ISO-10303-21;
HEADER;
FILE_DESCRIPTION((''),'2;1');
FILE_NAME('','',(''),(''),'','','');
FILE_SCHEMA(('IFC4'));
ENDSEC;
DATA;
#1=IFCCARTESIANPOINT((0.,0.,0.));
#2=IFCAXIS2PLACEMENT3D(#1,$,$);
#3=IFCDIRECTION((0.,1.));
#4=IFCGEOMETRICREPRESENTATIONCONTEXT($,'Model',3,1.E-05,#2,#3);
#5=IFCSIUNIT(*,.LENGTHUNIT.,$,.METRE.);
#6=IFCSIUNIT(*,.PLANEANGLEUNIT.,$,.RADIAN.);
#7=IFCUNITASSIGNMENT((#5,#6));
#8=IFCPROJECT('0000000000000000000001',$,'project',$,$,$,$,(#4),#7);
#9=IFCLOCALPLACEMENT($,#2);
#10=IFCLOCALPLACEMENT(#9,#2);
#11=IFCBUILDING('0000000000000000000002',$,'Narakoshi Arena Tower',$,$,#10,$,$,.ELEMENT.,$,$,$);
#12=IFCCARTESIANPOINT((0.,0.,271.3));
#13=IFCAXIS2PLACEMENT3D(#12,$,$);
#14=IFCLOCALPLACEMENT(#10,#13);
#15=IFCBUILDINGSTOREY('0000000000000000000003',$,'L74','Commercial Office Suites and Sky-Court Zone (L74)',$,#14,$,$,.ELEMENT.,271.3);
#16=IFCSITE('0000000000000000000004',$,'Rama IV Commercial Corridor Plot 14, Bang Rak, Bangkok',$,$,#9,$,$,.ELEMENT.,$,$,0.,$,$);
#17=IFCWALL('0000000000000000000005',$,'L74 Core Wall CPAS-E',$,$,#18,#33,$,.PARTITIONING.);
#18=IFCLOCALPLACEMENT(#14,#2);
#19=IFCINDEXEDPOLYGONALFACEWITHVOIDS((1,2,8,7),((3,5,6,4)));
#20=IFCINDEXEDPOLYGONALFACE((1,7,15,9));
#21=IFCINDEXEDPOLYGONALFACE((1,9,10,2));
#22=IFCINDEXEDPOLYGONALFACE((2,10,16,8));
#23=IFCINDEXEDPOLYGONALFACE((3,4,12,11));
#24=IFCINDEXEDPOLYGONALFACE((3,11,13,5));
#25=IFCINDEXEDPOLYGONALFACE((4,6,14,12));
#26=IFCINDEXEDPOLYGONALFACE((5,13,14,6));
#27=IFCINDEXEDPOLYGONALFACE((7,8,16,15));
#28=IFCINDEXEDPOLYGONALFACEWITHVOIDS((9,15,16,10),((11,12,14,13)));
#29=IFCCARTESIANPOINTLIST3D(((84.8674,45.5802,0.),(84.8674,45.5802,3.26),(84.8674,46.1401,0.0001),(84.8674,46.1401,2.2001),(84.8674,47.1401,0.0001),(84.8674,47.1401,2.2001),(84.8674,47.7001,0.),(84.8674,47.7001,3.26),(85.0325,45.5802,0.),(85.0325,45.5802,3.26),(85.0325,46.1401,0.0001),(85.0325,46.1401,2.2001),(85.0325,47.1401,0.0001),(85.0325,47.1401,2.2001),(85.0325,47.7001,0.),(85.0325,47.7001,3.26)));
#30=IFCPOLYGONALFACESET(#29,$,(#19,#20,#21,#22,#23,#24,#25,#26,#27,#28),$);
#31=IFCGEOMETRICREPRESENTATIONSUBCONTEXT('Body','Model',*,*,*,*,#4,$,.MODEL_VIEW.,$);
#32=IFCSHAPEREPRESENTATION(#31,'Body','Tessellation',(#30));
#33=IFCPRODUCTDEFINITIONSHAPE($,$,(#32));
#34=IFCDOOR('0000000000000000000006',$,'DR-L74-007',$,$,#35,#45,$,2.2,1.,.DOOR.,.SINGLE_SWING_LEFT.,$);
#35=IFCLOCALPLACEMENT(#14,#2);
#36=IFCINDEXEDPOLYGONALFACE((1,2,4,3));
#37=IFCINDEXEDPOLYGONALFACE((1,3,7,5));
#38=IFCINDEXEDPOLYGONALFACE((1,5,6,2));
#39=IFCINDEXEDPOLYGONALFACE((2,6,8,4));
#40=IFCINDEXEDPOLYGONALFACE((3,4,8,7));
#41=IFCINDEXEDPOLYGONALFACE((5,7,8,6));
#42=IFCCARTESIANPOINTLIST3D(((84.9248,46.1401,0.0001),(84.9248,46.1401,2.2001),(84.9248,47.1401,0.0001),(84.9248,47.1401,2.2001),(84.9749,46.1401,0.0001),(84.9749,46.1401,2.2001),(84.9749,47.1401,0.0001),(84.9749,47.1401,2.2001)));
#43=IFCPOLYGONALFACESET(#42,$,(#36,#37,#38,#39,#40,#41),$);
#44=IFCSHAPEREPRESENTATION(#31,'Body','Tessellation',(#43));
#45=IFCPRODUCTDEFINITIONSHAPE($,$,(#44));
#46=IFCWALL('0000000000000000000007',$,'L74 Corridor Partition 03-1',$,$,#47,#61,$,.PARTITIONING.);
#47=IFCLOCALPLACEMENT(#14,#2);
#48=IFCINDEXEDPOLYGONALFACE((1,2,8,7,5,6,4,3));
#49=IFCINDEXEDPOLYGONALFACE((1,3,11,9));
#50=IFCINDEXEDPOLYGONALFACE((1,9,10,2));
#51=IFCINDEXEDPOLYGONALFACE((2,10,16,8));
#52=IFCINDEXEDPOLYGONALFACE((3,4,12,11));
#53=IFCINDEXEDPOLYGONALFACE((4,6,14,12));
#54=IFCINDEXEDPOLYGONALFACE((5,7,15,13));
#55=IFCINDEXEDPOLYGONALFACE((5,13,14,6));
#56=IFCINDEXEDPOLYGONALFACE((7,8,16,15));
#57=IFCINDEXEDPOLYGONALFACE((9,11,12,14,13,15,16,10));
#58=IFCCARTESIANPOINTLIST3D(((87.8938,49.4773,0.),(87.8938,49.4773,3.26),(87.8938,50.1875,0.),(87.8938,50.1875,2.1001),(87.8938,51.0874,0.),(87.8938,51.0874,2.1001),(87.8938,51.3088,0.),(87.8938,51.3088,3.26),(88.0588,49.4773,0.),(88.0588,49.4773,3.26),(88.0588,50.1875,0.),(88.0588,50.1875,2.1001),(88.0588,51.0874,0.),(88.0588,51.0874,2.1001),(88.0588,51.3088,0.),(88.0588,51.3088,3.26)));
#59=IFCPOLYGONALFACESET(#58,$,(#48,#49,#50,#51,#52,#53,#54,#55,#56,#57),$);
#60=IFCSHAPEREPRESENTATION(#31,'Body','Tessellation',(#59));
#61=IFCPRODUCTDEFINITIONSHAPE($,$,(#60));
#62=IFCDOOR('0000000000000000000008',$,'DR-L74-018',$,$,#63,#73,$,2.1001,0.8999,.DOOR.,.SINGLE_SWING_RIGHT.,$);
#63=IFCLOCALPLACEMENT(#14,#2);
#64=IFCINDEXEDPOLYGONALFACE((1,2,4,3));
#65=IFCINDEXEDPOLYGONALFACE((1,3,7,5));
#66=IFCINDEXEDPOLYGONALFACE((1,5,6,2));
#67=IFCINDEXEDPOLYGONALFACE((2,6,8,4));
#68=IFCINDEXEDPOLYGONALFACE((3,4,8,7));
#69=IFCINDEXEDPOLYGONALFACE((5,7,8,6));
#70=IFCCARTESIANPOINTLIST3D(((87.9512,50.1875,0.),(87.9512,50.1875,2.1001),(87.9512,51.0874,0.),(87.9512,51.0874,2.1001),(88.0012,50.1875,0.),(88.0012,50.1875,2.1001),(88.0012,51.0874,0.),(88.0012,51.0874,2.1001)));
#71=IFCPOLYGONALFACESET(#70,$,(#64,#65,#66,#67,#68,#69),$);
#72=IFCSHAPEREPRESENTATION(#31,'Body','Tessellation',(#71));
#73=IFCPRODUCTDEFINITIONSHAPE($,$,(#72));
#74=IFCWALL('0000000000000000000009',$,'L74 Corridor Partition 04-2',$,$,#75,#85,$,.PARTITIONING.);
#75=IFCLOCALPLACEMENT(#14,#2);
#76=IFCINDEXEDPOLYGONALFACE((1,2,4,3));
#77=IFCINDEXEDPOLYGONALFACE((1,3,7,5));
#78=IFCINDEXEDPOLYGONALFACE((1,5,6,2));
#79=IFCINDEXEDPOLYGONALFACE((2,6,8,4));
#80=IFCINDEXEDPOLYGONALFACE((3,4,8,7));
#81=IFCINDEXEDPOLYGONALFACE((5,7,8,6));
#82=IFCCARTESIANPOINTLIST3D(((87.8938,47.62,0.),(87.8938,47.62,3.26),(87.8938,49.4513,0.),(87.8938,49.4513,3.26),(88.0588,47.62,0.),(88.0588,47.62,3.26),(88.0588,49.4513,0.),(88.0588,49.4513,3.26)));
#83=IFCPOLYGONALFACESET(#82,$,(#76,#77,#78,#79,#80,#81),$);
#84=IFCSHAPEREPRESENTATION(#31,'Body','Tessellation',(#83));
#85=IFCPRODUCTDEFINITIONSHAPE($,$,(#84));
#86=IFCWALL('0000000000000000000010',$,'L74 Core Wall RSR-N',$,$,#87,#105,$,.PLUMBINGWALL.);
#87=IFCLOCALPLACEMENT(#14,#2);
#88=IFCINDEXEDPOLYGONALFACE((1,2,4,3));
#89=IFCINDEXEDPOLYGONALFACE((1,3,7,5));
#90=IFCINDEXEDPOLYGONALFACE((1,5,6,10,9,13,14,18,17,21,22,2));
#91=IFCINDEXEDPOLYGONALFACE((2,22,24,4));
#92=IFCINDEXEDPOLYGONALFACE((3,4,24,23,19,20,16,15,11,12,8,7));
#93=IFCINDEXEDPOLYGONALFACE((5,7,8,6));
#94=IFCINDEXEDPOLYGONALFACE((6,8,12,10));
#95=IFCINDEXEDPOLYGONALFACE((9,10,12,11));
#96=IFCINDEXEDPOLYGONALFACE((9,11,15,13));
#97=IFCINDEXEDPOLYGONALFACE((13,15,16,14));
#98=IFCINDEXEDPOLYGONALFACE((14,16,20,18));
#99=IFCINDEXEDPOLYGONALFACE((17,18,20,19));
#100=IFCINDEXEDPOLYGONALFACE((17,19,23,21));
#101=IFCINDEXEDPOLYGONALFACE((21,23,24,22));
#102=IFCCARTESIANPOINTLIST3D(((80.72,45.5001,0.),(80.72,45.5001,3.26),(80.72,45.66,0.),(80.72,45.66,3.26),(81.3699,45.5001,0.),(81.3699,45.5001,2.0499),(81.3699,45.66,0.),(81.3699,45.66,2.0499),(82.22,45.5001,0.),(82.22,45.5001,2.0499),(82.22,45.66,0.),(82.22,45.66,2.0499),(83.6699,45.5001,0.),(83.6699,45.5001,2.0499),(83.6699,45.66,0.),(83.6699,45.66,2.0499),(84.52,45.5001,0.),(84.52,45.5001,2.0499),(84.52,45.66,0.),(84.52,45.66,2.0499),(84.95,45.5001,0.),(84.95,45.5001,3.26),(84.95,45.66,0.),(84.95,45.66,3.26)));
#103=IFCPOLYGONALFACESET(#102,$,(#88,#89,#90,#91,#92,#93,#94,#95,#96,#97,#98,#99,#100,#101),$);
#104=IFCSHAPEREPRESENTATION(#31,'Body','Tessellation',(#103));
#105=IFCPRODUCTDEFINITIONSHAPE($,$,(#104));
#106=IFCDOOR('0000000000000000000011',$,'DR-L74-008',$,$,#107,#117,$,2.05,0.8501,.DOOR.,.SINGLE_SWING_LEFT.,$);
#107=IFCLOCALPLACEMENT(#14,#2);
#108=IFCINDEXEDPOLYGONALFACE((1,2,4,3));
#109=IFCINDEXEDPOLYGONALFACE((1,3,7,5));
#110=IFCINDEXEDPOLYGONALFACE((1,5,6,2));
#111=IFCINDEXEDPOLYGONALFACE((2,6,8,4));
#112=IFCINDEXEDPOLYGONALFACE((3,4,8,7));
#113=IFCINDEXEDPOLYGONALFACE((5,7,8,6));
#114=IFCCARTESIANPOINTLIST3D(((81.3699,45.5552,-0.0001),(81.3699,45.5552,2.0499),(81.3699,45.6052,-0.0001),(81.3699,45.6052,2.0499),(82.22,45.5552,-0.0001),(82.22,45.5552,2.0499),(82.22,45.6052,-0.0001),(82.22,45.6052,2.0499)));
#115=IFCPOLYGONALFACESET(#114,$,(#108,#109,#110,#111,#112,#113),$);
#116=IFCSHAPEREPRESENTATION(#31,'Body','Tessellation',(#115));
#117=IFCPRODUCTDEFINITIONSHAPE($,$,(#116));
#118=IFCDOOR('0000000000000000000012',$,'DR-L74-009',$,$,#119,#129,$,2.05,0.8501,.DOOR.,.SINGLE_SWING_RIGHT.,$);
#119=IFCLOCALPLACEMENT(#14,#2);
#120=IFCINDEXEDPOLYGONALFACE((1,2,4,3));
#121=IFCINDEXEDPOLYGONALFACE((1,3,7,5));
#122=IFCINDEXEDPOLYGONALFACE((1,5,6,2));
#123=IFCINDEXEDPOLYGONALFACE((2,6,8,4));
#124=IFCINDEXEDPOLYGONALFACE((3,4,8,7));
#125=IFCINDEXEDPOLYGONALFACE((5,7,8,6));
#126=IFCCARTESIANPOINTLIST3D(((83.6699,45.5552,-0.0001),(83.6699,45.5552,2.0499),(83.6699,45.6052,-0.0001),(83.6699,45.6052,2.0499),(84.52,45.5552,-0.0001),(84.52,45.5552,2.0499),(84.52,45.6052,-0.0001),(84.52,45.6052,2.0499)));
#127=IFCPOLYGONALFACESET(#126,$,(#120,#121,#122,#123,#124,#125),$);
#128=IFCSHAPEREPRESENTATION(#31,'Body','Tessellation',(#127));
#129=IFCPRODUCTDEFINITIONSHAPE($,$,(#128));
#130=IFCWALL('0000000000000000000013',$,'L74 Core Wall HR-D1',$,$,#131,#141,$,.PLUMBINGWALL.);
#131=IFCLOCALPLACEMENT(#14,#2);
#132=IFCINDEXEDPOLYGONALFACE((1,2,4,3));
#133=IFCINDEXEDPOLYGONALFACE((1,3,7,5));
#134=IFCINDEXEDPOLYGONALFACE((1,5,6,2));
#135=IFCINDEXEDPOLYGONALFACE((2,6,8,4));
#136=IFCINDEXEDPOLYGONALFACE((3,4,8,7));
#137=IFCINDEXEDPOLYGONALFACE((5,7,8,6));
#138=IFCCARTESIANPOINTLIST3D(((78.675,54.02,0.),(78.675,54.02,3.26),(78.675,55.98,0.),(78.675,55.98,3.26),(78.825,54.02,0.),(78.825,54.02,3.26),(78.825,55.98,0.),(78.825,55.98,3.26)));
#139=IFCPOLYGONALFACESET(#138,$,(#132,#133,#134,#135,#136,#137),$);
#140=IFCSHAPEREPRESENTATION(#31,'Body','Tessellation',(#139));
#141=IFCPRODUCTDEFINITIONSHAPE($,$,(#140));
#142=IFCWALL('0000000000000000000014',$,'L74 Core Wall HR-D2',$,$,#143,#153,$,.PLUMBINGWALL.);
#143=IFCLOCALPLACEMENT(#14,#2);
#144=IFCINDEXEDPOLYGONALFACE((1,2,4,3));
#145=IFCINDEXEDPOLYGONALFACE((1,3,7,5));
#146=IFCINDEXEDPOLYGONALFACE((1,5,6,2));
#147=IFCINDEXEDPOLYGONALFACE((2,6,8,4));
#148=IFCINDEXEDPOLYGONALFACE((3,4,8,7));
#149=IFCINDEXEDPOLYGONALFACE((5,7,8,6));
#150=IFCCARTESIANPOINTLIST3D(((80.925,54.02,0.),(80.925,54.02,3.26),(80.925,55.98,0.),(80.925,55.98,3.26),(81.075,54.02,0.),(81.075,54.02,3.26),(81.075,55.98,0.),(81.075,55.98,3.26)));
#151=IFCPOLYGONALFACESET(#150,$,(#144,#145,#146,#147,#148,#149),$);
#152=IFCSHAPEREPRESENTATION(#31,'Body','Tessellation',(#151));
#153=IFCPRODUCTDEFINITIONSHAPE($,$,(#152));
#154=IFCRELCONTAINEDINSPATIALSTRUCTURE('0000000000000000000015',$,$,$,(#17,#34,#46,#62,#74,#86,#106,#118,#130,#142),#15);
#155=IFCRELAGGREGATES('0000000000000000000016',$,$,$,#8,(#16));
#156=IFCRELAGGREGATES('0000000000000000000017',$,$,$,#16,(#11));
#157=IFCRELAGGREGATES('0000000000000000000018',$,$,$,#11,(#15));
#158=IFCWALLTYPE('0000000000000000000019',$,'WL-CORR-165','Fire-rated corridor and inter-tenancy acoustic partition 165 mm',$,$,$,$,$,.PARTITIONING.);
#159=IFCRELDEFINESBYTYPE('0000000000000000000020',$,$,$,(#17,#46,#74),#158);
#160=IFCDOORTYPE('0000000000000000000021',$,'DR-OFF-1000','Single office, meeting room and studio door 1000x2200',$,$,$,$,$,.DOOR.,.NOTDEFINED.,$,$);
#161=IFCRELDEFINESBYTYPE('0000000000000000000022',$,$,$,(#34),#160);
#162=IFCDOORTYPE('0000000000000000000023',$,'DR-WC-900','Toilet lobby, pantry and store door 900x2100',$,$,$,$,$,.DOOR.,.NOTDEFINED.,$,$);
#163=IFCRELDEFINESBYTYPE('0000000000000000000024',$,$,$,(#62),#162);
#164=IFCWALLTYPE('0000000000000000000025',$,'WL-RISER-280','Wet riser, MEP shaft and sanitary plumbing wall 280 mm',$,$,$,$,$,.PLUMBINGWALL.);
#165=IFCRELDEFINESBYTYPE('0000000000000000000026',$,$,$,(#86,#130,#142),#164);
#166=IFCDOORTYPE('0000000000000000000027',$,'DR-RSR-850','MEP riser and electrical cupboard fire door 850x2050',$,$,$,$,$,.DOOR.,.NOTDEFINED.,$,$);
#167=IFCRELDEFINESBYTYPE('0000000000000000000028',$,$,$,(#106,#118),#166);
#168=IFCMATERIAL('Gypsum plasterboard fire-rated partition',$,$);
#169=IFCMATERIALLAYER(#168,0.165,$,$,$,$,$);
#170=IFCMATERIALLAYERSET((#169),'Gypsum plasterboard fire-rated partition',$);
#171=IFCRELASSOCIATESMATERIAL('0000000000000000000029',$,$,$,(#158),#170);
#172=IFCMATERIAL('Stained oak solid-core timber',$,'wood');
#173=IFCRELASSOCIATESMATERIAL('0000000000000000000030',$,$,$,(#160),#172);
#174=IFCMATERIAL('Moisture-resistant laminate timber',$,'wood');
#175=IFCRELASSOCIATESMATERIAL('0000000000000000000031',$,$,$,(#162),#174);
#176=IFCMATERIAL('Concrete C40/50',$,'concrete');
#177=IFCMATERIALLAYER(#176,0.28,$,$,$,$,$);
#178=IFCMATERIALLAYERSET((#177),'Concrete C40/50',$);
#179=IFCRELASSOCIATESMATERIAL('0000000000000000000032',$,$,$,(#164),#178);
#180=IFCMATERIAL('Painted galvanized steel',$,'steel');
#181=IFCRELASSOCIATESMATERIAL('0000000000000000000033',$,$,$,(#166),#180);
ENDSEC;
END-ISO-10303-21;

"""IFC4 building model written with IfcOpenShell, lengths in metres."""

from ifc_helpers import new_model, si_unit, direction, frame, frame_2d, origin, place, context, subcontext, project, spatial, rectangle, extrude, material, layer, layer_set, type_object, element, fill, save


model = new_model("IFC4")

# Units and contexts
model_context = context("Model", 3, precision=1e-05, world=origin(), true_north=direction((0.0, 1.0)))
body_context = subcontext(model_context, "Body", "Model", "MODEL_VIEW")
ifc_project = project(units=[si_unit("LENGTHUNIT", "METRE"), si_unit("PLANEANGLEUNIT", "RADIAN")], contexts=[model_context])

# Site, building, storey
site_placement = place(None, origin())
site = spatial("IfcSite", under=ifc_project, at=site_placement, Name="Rama IV Commercial Corridor Plot 14, Bang Rak, Bangkok", CompositionType="ELEMENT", RefElevation=0.0)
building_placement = place(site_placement, origin())
building = spatial("IfcBuilding", under=site, at=building_placement, Name="Narakoshi Arena Tower", CompositionType="ELEMENT")
storey_placement = place(building_placement, frame((0.0, 0.0, 271.3)))
storey = spatial("IfcBuildingStorey", under=building, at=storey_placement, Name="L74", Description="Commercial Office Suites and Sky-Court Zone (L74)", CompositionType="ELEMENT", Elevation=271.3)

# Walls, openings, doors
ifc_material_1 = material(Name="Gypsum plasterboard fire-rated partition")
ifc_layer_1 = layer(ifc_material_1, 0.165)
ifc_layer_set_1 = layer_set([ifc_layer_1], Name="Gypsum plasterboard fire-rated partition")
wall_type_1 = type_object("IfcWallType", Name="WL-CORR-165", Description="Fire-rated corridor and inter-tenancy acoustic partition 165 mm", PredefinedType="PARTITIONING", material=ifc_layer_set_1)
wall_1_placement = place(storey_placement, frame((84.95, 45.5801, 0.0), z_axis=(0.0, 0.0, 1.0), x_axis=(0.0, 1.0, 0.0)))
wall_1 = element("IfcWall", 1, at=wall_1_placement, inside=storey, type_object=wall_type_1, Name="L74 Core Wall CPAS-E", PredefinedType="PARTITIONING", context=body_context, shape_type="SweptSolid", body=[
    extrude(rectangle(XDim=2.1199, YDim=0.165, at=frame_2d((1.0601, 0.0))), origin(), (0.0, 0.0, 1.0), 3.26),
])
opening_1_placement = place(wall_1_placement, frame((0.5601, 0.0, 0.0)))
opening_1 = element("IfcOpeningElement", 2, at=opening_1_placement, cuts=wall_1, PredefinedType="OPENING", context=body_context, shape_type="SweptSolid", body=[
    extrude(rectangle(XDim=1.0, YDim=2.2, at=frame_2d((0.5, 1.1001))), frame((0.0, 0.0925, 0.0), z_axis=(0.0, -1.0, 0.0), x_axis=(1.0, 0.0, 0.0)), (0.0, 0.0, 1.0), 0.1851),
])
ifc_material_2 = material(Name="Stained oak solid-core timber", Category="wood")
door_type_1 = type_object("IfcDoorType", Name="DR-OFF-1000", Description="Single office, meeting room and studio door 1000x2200", OperationType="NOTDEFINED", PredefinedType="DOOR", material=ifc_material_2)
door_1_placement = place(opening_1_placement, frame((1.0, 0.0, 0.0), z_axis=(0.0, 0.0, 1.0), x_axis=(-1.0, 0.0, 0.0)))
door_1 = element("IfcDoor", 3, at=door_1_placement, inside=storey, type_object=door_type_1, Name="DR-L74-007", OperationType="SINGLE_SWING_LEFT", OverallHeight=2.2, OverallWidth=1.0, PredefinedType="DOOR", context=body_context, shape_type="SweptSolid", body=[
    extrude(rectangle(XDim=1.0, YDim=2.2, at=frame_2d((0.5, 1.1001))), frame((0.0, 0.0249, 0.0), z_axis=(0.0, -1.0, 0.0), x_axis=(1.0, 0.0, 0.0)), (0.0, 0.0, 1.0), 0.05),
])
fill(opening_1, door_1)
wall_2_placement = place(storey_placement, frame((87.9763, 49.4773, 0.0), z_axis=(0.0, 0.0, 1.0), x_axis=(0.0, 1.0, 0.0)))
wall_2 = element("IfcWall", 4, at=wall_2_placement, inside=storey, type_object=wall_type_1, Name="L74 Corridor Partition 03-1", PredefinedType="PARTITIONING", context=body_context, shape_type="SweptSolid", body=[
    extrude(rectangle(XDim=1.8315, YDim=0.165, at=frame_2d((0.9158, 0.0))), origin(), (0.0, 0.0, 1.0), 3.26),
])
opening_2_placement = place(wall_2_placement, frame((0.7102, 0.0, 0.0)))
opening_2 = element("IfcOpeningElement", 5, at=opening_2_placement, cuts=wall_2, PredefinedType="OPENING", context=body_context, shape_type="SweptSolid", body=[
    extrude(rectangle(XDim=0.8999, YDim=2.1001, at=frame_2d((0.45, 1.05))), frame((0.0, 0.0925, 0.0), z_axis=(0.0, -1.0, 0.0), x_axis=(1.0, 0.0, 0.0)), (0.0, 0.0, 1.0), 0.1851),
])
ifc_material_3 = material(Name="Moisture-resistant laminate timber", Category="wood")
door_type_2 = type_object("IfcDoorType", Name="DR-WC-900", Description="Toilet lobby, pantry and store door 900x2100", OperationType="NOTDEFINED", PredefinedType="DOOR", material=ifc_material_3)
door_2_placement = place(opening_2_placement, frame((0.8999, 0.0, 0.0), z_axis=(0.0, 0.0, 1.0), x_axis=(-1.0, 0.0, 0.0)))
door_2 = element("IfcDoor", 6, at=door_2_placement, inside=storey, type_object=door_type_2, Name="DR-L74-018", OperationType="SINGLE_SWING_RIGHT", OverallHeight=2.1001, OverallWidth=0.8999, PredefinedType="DOOR", context=body_context, shape_type="SweptSolid", body=[
    extrude(rectangle(XDim=0.8999, YDim=2.1001, at=frame_2d((0.45, 1.05))), frame((0.0, 0.0249, 0.0), z_axis=(0.0, -1.0, 0.0), x_axis=(1.0, 0.0, 0.0)), (0.0, 0.0, 1.0), 0.05),
])
fill(opening_2, door_2)

# Wall
wall_3_placement = place(storey_placement, frame((87.9763, 47.6201, 0.0), z_axis=(0.0, 0.0, 1.0), x_axis=(0.0, 1.0, 0.0)))
element("IfcWall", 7, at=wall_3_placement, inside=storey, type_object=wall_type_1, Name="L74 Corridor Partition 04-2", PredefinedType="PARTITIONING", context=body_context, shape_type="SweptSolid", body=[
    extrude(rectangle(XDim=1.8313, YDim=0.165, at=frame_2d((0.9155, 0.0))), origin(), (0.0, 0.0, 1.0), 3.26),
])

# Wall, openings, doors
ifc_material_4 = material(Name="Concrete C40/50", Category="concrete")
ifc_layer_2 = layer(ifc_material_4, 0.28)
ifc_layer_set_2 = layer_set([ifc_layer_2], Name="Concrete C40/50")
wall_type_2 = type_object("IfcWallType", Name="WL-RISER-280", Description="Wet riser, MEP shaft and sanitary plumbing wall 280 mm", PredefinedType="PLUMBINGWALL", material=ifc_layer_set_2)
wall_4_placement = place(storey_placement, frame((80.72, 45.5801, 0.0), z_axis=(0.0, 0.0, 1.0), x_axis=(1.0, 0.0, 0.0)))
wall_4 = element("IfcWall", 8, at=wall_4_placement, inside=storey, type_object=wall_type_2, Name="L74 Core Wall RSR-N", PredefinedType="PLUMBINGWALL", context=body_context, shape_type="SweptSolid", body=[
    extrude(rectangle(XDim=4.23, YDim=0.1599, at=frame_2d((2.115, 0.0))), origin(), (0.0, 0.0, 1.0), 3.26),
])
opening_3_placement = place(wall_4_placement, frame((0.6499, 0.0, 0.0)))
opening_3 = element("IfcOpeningElement", 9, at=opening_3_placement, cuts=wall_4, PredefinedType="OPENING", context=body_context, shape_type="SweptSolid", body=[
    extrude(rectangle(XDim=0.8501, YDim=2.05, at=frame_2d((0.425, 1.0249))), frame((0.0, 0.0898, 0.0), z_axis=(0.0, -1.0, 0.0), x_axis=(1.0, 0.0, 0.0)), (0.0, 0.0, 1.0), 0.1799),
])
opening_4_placement = place(wall_4_placement, frame((2.95, 0.0, 0.0)))
opening_4 = element("IfcOpeningElement", 10, at=opening_4_placement, cuts=wall_4, PredefinedType="OPENING", context=body_context, shape_type="SweptSolid", body=[
    extrude(rectangle(XDim=0.8501, YDim=2.05, at=frame_2d((0.425, 1.0249))), frame((0.0, 0.0898, 0.0), z_axis=(0.0, -1.0, 0.0), x_axis=(1.0, 0.0, 0.0)), (0.0, 0.0, 1.0), 0.1799),
])
ifc_material_5 = material(Name="Painted galvanized steel", Category="steel")
door_type_3 = type_object("IfcDoorType", Name="DR-RSR-850", Description="MEP riser and electrical cupboard fire door 850x2050", OperationType="NOTDEFINED", PredefinedType="DOOR", material=ifc_material_5)
door_3_placement = place(opening_3_placement, frame((0.8501, 0.0, 0.0), z_axis=(0.0, 0.0, 1.0), x_axis=(-1.0, 0.0, 0.0)))
door_3 = element("IfcDoor", 11, at=door_3_placement, inside=storey, type_object=door_type_3, Name="DR-L74-008", OperationType="SINGLE_SWING_LEFT", OverallHeight=2.05, OverallWidth=0.8501, PredefinedType="DOOR", context=body_context, shape_type="SweptSolid", body=[
    extrude(rectangle(XDim=0.8501, YDim=2.05, at=frame_2d((0.425, 1.0249))), frame((0.0, 0.0249, 0.0), z_axis=(0.0, -1.0, 0.0), x_axis=(1.0, 0.0, 0.0)), (0.0, 0.0, 1.0), 0.05),
])
fill(opening_3, door_3)
door_4_placement = place(opening_4_placement, frame((0.8501, 0.0, 0.0), z_axis=(0.0, 0.0, 1.0), x_axis=(-1.0, 0.0, 0.0)))
door_4 = element("IfcDoor", 12, at=door_4_placement, inside=storey, type_object=door_type_3, Name="DR-L74-009", OperationType="SINGLE_SWING_RIGHT", OverallHeight=2.05, OverallWidth=0.8501, PredefinedType="DOOR", context=body_context, shape_type="SweptSolid", body=[
    extrude(rectangle(XDim=0.8501, YDim=2.05, at=frame_2d((0.425, 1.0249))), frame((0.0, 0.0249, 0.0), z_axis=(0.0, -1.0, 0.0), x_axis=(1.0, 0.0, 0.0)), (0.0, 0.0, 1.0), 0.05),
])
fill(opening_4, door_4)

# Walls
for number, where, z_axis, x_axis, name in (
    (13, (78.75, 54.02, 0.0), (0.0, 0.0, 1.0), (0.0, 1.0, 0.0), "L74 Core Wall HR-D1"),
    (14, (81.0, 54.02, 0.0), (0.0, 0.0, 1.0), (0.0, 1.0, 0.0), "L74 Core Wall HR-D2"),
):
    element("IfcWall", number, at=place(storey_placement, frame(where, z_axis=z_axis, x_axis=x_axis)), inside=storey, type_object=wall_type_2, Name=name, PredefinedType="PLUMBINGWALL", context=body_context, shape_type="SweptSolid", body=[
        extrude(rectangle(XDim=1.96, YDim=0.1499, at=frame_2d((0.98, 0.0))), origin(), (0.0, 0.0, 1.0), 3.26),
    ])

save(model, "model.ifc")
